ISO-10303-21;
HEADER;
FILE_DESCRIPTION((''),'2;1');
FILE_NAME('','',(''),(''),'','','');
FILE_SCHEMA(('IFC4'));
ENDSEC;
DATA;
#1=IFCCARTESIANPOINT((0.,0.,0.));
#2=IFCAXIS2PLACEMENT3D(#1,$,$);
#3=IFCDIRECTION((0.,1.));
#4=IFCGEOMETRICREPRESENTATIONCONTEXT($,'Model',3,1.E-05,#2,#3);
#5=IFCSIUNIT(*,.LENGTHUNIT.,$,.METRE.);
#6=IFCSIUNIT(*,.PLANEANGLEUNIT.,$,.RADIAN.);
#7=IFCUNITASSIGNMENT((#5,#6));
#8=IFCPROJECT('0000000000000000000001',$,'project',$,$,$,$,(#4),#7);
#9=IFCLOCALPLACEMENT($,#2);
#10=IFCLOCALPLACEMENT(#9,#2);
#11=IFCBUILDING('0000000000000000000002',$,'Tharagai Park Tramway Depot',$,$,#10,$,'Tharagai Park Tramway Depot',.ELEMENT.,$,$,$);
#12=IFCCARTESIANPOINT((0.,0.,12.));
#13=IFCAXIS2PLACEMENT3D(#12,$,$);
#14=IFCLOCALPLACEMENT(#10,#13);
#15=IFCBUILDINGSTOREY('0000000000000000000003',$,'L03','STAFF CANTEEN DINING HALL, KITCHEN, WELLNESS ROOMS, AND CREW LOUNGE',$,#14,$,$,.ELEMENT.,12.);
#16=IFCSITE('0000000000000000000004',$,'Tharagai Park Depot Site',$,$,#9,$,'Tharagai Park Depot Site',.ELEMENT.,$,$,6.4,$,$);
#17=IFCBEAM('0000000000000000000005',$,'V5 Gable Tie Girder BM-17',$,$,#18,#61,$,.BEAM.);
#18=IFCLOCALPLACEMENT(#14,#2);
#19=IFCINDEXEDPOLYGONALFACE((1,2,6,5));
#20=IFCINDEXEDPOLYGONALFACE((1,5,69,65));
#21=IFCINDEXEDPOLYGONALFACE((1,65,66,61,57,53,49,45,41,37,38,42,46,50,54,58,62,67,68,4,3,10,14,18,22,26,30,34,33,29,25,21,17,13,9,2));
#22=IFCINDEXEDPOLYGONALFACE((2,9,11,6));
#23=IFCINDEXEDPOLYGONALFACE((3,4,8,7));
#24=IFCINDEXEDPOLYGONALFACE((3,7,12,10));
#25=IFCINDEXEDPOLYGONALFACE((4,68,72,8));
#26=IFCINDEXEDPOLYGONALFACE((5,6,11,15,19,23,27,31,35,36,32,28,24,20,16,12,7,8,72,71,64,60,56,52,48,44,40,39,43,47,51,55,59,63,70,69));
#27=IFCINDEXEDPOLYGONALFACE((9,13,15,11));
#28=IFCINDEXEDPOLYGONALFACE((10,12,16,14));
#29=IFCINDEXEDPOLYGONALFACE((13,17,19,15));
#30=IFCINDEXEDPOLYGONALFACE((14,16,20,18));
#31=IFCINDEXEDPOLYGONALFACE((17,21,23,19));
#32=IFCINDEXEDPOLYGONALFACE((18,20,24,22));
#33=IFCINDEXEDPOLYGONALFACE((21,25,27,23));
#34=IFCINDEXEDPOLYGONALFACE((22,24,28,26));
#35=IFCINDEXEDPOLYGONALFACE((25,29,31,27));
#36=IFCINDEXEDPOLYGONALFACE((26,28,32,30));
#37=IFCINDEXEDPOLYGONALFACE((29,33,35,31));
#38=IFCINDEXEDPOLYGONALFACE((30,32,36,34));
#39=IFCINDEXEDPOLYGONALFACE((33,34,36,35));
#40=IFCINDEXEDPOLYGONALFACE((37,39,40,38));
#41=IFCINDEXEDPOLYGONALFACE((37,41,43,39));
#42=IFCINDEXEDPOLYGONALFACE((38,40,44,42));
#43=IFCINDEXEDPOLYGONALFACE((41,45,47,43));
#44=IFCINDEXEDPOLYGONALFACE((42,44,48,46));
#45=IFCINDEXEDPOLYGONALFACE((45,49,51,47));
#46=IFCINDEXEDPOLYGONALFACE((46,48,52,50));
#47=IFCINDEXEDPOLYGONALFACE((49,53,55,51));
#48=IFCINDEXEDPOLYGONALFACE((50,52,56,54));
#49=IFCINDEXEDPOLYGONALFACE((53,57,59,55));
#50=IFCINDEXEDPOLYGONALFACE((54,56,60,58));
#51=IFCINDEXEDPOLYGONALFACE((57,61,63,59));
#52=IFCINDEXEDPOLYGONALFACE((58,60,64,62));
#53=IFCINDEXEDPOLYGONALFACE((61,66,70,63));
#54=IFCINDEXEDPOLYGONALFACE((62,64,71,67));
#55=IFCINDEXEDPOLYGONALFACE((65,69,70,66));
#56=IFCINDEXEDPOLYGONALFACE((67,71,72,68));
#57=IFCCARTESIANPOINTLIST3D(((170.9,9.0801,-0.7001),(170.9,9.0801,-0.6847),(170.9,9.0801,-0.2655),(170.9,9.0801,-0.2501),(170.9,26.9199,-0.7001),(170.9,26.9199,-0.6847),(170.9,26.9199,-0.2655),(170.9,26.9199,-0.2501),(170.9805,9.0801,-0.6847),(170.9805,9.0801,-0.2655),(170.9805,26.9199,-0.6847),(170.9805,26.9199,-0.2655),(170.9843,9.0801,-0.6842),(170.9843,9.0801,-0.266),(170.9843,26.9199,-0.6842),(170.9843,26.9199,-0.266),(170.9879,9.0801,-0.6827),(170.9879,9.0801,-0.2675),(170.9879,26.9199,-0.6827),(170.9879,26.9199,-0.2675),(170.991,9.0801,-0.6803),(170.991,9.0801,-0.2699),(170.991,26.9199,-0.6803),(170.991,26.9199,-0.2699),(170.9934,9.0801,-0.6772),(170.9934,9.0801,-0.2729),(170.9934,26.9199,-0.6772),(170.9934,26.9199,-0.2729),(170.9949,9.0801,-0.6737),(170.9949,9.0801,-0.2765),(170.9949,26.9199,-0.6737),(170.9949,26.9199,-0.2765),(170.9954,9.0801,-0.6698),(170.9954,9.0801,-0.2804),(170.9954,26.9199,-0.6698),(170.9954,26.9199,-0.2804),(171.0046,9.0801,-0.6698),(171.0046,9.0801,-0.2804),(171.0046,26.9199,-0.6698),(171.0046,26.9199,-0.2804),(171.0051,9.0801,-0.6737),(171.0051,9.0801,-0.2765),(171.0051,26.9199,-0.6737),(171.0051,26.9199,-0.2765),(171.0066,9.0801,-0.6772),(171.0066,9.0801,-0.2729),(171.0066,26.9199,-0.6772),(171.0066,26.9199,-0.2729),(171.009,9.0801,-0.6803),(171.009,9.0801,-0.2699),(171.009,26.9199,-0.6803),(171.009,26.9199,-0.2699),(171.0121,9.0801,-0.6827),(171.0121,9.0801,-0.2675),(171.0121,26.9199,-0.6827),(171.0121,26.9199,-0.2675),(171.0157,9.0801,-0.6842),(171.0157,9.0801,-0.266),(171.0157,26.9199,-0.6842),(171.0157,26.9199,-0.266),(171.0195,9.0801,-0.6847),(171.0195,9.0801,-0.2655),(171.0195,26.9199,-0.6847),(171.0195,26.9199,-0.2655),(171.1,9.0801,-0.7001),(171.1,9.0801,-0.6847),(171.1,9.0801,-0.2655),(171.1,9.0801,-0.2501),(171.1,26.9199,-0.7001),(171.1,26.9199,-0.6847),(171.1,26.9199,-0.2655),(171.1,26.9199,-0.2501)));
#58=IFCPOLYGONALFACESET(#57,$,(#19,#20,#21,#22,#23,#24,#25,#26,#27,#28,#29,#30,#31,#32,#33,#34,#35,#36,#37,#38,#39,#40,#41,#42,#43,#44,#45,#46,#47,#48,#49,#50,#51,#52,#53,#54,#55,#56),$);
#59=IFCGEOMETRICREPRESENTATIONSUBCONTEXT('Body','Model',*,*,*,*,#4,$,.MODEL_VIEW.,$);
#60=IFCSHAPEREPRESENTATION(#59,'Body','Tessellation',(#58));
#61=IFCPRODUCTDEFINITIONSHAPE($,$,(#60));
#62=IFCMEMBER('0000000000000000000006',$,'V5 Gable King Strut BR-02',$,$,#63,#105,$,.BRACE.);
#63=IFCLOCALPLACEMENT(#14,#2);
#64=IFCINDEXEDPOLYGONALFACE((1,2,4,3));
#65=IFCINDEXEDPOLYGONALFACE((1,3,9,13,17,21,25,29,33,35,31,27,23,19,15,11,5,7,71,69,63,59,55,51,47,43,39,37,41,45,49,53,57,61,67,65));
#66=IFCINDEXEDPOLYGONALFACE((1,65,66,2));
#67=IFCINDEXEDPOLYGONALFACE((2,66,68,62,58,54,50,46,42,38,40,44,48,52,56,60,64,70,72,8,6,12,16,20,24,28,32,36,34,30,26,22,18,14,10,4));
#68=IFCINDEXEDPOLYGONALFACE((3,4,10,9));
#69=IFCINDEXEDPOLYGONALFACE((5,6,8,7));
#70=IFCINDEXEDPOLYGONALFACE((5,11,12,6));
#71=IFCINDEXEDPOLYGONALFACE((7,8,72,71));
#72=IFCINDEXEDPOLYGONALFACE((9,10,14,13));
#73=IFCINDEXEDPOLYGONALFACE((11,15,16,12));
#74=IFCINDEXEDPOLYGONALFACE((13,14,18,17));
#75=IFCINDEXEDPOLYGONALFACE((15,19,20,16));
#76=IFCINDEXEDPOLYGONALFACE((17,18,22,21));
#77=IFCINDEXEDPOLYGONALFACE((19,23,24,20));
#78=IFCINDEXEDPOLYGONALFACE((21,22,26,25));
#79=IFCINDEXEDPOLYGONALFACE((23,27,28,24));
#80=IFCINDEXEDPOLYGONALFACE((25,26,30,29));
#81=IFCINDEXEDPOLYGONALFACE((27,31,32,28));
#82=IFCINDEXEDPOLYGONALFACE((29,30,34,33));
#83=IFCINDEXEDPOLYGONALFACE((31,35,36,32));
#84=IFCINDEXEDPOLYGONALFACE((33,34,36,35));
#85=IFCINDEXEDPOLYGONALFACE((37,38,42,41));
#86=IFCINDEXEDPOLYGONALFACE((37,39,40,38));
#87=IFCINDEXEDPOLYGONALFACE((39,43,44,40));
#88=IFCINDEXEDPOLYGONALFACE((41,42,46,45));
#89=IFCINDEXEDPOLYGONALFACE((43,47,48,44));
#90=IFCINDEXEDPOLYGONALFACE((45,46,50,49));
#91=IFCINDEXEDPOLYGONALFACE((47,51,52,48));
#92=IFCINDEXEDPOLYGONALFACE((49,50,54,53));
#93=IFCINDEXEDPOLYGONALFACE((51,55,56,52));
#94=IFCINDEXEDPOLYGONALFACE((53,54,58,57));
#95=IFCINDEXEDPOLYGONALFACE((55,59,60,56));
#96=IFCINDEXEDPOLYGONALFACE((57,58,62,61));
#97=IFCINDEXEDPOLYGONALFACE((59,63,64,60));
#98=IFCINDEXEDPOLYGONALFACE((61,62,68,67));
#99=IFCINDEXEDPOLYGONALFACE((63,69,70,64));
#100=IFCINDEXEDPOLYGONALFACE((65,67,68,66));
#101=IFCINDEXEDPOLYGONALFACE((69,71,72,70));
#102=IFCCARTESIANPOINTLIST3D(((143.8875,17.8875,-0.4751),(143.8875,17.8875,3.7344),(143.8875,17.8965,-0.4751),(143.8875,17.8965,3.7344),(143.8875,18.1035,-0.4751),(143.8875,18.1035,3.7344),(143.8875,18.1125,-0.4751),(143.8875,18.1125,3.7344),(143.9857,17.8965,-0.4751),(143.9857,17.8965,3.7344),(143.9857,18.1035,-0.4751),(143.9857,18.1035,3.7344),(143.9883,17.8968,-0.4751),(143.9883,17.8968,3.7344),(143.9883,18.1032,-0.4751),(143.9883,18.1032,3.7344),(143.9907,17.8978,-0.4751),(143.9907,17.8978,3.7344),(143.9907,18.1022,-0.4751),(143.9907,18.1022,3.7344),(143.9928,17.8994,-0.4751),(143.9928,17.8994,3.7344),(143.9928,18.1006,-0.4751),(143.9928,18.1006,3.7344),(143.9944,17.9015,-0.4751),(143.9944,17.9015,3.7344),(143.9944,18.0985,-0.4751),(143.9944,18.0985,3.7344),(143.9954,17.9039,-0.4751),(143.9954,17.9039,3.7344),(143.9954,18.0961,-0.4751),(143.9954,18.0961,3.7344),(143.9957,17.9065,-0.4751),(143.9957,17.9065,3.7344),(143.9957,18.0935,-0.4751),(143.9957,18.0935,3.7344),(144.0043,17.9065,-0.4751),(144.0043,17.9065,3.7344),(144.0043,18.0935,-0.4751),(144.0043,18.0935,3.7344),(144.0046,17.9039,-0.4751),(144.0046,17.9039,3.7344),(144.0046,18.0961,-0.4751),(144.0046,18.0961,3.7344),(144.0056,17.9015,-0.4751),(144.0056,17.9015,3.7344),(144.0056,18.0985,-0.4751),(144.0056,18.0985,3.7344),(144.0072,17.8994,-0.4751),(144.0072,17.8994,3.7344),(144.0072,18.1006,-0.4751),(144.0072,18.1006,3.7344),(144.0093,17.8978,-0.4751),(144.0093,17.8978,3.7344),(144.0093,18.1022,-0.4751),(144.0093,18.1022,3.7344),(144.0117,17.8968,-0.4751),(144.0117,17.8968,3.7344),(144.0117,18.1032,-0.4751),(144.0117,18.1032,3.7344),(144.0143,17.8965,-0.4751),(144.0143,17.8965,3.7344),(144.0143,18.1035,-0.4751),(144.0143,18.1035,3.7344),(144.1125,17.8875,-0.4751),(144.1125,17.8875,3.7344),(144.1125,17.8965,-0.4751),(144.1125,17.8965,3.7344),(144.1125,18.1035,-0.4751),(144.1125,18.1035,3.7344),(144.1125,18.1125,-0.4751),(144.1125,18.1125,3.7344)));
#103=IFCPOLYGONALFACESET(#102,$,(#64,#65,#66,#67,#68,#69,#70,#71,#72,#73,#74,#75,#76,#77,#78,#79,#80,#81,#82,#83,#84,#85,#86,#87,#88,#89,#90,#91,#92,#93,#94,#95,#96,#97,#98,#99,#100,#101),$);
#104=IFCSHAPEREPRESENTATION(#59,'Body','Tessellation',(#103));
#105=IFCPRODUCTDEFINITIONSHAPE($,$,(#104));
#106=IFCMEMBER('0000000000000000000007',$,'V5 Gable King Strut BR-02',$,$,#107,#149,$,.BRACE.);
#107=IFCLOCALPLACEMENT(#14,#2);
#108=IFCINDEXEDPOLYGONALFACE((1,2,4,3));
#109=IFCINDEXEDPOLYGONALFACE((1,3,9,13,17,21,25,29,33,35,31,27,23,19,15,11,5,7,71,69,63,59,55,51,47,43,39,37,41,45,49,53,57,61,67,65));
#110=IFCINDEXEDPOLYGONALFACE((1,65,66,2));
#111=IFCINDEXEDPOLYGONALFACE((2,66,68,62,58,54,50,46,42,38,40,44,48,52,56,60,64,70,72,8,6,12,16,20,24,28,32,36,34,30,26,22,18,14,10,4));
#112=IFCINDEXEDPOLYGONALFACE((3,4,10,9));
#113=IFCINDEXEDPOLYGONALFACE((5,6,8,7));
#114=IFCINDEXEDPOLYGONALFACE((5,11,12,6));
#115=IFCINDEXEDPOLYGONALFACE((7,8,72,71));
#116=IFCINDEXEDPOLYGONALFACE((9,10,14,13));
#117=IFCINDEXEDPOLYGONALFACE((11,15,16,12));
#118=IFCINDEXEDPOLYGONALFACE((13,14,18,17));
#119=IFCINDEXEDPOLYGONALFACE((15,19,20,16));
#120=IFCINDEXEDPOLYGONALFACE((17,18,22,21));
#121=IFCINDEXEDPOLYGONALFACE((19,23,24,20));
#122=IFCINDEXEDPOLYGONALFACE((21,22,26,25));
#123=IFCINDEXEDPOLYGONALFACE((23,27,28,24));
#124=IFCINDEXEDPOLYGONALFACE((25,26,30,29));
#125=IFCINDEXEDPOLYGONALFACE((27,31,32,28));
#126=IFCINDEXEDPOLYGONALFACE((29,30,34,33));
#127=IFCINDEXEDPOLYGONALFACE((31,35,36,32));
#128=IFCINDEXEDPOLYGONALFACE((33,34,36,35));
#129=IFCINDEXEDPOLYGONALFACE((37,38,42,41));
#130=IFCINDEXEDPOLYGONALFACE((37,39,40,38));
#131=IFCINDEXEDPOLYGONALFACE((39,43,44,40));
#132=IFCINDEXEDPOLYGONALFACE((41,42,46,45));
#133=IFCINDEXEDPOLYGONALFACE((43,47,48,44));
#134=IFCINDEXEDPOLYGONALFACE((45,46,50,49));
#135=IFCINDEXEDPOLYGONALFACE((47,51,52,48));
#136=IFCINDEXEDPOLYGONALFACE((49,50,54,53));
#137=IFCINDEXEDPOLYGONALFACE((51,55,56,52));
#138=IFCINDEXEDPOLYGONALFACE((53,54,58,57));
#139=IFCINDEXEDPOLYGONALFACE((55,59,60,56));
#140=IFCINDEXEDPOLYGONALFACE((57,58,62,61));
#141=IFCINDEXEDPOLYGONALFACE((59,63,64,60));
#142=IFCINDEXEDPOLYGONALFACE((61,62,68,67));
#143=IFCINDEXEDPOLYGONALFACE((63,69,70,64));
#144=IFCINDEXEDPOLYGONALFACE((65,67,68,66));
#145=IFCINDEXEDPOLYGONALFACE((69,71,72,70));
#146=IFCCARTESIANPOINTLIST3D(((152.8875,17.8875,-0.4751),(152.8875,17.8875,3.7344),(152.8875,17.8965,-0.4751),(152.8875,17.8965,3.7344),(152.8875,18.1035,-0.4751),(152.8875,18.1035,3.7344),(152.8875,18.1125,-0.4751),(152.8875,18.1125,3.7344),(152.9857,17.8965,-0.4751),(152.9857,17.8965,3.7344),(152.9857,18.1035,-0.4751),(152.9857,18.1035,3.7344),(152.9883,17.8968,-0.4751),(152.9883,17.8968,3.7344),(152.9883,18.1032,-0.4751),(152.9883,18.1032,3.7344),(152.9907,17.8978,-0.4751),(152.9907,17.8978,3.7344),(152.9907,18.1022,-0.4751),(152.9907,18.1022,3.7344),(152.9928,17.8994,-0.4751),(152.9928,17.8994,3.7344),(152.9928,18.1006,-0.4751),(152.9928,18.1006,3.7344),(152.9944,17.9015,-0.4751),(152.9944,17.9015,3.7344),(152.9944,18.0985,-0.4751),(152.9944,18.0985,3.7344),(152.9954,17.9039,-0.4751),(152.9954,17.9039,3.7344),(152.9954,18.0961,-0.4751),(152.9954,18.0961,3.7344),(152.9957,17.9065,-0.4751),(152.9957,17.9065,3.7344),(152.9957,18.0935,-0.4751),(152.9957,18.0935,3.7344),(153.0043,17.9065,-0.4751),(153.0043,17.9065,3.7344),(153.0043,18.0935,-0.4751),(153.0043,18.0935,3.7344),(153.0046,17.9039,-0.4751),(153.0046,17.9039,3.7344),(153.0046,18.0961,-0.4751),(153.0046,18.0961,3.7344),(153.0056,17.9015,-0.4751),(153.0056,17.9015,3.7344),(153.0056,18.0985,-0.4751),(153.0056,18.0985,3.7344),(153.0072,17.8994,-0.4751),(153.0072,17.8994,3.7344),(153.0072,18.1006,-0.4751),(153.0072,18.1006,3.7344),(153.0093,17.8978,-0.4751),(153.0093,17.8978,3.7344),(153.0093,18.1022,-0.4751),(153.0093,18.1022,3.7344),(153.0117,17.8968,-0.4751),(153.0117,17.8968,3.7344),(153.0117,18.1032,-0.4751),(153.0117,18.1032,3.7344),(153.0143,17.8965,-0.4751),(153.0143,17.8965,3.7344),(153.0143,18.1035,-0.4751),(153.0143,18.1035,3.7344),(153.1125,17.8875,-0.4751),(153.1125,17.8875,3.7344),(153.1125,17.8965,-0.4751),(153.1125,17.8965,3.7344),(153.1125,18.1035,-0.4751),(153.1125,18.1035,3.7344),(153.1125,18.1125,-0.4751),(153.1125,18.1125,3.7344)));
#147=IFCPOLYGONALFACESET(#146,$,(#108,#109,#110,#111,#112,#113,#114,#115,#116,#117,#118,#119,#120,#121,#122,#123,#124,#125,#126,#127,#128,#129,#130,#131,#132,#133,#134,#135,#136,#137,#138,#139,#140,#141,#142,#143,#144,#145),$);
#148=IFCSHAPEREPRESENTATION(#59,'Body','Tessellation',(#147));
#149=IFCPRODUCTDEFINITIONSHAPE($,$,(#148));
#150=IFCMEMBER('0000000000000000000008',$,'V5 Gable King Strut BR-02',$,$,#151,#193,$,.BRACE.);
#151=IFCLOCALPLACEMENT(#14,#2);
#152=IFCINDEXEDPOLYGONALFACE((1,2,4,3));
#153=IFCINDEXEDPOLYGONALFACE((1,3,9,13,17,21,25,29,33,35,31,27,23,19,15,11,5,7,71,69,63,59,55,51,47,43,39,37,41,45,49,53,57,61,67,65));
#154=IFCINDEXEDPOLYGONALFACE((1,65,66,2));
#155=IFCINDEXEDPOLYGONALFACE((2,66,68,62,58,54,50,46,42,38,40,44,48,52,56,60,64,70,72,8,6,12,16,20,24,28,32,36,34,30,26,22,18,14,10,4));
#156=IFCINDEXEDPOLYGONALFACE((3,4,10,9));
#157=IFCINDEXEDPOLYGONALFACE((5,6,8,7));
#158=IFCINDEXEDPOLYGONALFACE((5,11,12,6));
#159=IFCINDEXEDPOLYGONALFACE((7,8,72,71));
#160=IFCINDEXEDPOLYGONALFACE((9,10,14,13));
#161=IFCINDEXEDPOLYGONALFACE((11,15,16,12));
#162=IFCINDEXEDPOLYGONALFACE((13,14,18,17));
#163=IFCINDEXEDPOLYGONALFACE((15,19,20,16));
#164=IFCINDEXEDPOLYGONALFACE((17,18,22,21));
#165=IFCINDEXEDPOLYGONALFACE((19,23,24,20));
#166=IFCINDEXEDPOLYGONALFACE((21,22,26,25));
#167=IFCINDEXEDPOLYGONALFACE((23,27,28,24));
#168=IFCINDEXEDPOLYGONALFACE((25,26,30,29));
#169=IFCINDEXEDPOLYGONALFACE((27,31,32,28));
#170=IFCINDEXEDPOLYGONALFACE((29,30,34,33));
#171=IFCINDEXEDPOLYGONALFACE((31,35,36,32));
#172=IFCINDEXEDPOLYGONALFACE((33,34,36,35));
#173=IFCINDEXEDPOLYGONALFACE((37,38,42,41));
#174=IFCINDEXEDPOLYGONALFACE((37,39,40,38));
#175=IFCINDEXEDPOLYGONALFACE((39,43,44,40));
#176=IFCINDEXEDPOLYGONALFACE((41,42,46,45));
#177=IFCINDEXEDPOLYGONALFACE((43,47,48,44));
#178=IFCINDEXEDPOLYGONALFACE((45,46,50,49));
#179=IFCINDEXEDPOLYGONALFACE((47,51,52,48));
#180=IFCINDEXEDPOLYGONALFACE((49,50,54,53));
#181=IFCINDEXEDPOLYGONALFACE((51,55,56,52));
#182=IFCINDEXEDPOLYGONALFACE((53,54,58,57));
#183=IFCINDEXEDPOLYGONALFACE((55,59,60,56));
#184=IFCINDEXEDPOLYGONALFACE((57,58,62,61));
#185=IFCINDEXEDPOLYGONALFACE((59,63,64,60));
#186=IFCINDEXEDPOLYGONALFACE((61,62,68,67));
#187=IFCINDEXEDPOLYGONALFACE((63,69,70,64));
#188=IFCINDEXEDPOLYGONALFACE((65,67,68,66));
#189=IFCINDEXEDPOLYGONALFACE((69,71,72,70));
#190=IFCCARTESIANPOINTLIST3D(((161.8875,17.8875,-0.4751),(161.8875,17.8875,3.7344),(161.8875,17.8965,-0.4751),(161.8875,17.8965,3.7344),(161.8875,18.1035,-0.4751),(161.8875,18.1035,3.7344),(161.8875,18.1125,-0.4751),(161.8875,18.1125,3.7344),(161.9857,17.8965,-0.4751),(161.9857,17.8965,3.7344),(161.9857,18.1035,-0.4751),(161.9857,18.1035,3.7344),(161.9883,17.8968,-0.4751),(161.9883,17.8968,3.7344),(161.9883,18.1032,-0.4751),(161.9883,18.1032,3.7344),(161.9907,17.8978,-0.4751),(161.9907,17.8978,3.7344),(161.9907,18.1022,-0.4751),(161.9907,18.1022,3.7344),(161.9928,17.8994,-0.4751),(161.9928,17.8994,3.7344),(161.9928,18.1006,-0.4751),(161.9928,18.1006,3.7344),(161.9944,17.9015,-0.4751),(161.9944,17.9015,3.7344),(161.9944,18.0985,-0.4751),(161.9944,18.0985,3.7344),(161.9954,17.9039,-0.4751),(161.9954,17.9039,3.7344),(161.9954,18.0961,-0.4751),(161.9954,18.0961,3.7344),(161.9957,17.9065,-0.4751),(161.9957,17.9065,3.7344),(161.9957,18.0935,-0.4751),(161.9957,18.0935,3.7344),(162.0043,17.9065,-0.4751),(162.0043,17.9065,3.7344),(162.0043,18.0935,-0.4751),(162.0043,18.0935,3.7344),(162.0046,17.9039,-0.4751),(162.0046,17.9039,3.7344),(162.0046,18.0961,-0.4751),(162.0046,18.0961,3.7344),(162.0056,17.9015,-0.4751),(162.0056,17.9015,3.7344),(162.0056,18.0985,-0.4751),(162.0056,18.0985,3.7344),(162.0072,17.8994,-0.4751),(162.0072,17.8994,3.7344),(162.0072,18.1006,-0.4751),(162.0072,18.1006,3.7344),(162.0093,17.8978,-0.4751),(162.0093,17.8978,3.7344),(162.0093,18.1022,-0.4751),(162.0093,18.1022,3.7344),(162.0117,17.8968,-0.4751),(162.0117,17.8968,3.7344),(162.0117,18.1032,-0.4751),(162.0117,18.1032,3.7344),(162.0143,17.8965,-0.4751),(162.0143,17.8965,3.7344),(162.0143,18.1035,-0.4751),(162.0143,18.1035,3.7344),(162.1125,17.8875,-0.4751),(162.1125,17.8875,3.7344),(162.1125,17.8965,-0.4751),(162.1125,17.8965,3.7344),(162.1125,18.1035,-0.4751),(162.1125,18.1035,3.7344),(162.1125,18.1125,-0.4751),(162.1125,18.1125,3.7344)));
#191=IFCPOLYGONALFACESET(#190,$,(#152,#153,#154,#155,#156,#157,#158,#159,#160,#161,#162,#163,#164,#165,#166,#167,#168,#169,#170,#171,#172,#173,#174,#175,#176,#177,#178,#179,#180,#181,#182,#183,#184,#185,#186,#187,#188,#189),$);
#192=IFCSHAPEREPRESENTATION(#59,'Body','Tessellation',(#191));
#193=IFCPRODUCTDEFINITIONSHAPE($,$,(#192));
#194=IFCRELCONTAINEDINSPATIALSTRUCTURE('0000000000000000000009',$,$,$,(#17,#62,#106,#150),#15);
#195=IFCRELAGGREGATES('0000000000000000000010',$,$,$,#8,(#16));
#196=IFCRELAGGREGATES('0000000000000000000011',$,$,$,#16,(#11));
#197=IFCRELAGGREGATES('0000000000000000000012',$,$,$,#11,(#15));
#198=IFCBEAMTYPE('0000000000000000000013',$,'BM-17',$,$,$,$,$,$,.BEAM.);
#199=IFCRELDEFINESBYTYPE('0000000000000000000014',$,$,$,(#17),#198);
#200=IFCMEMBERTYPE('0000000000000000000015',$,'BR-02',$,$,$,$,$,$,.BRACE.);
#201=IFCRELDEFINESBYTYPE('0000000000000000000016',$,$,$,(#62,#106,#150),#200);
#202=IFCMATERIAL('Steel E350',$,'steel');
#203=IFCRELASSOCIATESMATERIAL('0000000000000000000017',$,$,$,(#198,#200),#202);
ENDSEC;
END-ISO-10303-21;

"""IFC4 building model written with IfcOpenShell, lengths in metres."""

from ifc_helpers import new_model, si_unit, direction, frame, origin, origin_2d, place, context, subcontext, project, spatial, i_section, extrude, material, material_profile, profile_set, type_object, element, save


model = new_model("IFC4")

# Units and contexts
model_context = context("Model", 3, precision=1e-05, world=origin(), true_north=direction((0.0, 1.0)))
body_context = subcontext(model_context, "Body", "Model", "MODEL_VIEW")
ifc_project = project(units=[si_unit("LENGTHUNIT", "METRE"), si_unit("PLANEANGLEUNIT", "RADIAN")], contexts=[model_context])

# Site, building, storey
site_placement = place(None, origin())
site = spatial("IfcSite", under=ifc_project, at=site_placement, Name="Tharagai Park Depot Site", LongName="Tharagai Park Depot Site", CompositionType="ELEMENT", RefElevation=6.4)
building_placement = place(site_placement, origin())
building = spatial("IfcBuilding", under=site, at=building_placement, Name="Tharagai Park Tramway Depot", LongName="Tharagai Park Tramway Depot", CompositionType="ELEMENT")
storey_placement = place(building_placement, frame((0.0, 0.0, 12.0)))
storey = spatial("IfcBuildingStorey", under=building, at=storey_placement, Name="L03", Description="STAFF CANTEEN DINING HALL, KITCHEN, WELLNESS ROOMS, AND CREW LOUNGE", CompositionType="ELEMENT", Elevation=12.0)

# Beam
ifc_material_1 = material(Name="Steel E350", Category="steel")
ifc_material_profile_1 = material_profile(ifc_material_1, i_section(OverallWidth=0.2, OverallDepth=0.45, WebThickness=0.0093, FlangeThickness=0.0154, FilletRadius=0.0149, at=origin_2d()), Name="ISWB 450")
ifc_profile_set_1 = profile_set([ifc_material_profile_1], Name="Steel E350")
beam_type = type_object("IfcBeamType", Name="BM-17", PredefinedType="BEAM", material=ifc_profile_set_1)
for number, where, z_axis, x_axis, name in (
    (1, (171.0, 9.0801, -0.4751), (0.0, 1.0, 0.0), (-1.0, 0.0, 0.0), "V5 Gable Tie Girder BM-17"),
):
    element("IfcBeam", number, at=place(storey_placement, frame(where, z_axis=z_axis, x_axis=x_axis)), inside=storey, type_object=beam_type, Name=name, PredefinedType="BEAM", context=body_context, shape_type="SweptSolid", body=[
        extrude(i_section(OverallWidth=0.2, OverallDepth=0.45, WebThickness=0.0093, FlangeThickness=0.0154, FilletRadius=0.0149, at=origin_2d()), origin(), (0.0, 0.0, 1.0), 17.8398),
    ])

# Members
ifc_material_profile_2 = material_profile(ifc_material_1, i_section(OverallWidth=0.2251, OverallDepth=0.2251, WebThickness=0.0085, FlangeThickness=0.009, FilletRadius=0.01, at=origin_2d()), Name="ISHB 225")
ifc_profile_set_2 = profile_set([ifc_material_profile_2], Name="Steel E350")
member_type_1 = type_object("IfcMemberType", Name="BR-02", PredefinedType="BRACE", material=ifc_profile_set_2)
for number, where, z_axis, x_axis, name in (
    (2, (144.0, 18.0, -0.4751), (0.0, 0.0, 1.0), (1.0, 0.0, 0.0), "V5 Gable King Strut BR-02"),
    (3, (153.0, 18.0, -0.4751), (0.0, 0.0, 1.0), (1.0, 0.0, 0.0), "V5 Gable King Strut BR-02"),
    (4, (162.0, 18.0, -0.4751), (0.0, 0.0, 1.0), (1.0, 0.0, 0.0), "V5 Gable King Strut BR-02"),
):
    element("IfcMember", number, at=place(storey_placement, frame(where, z_axis=z_axis, x_axis=x_axis)), inside=storey, type_object=member_type_1, Name=name, PredefinedType="BRACE", context=body_context, shape_type="SweptSolid", body=[
        extrude(i_section(OverallWidth=0.2251, OverallDepth=0.2251, WebThickness=0.0085, FlangeThickness=0.009, FilletRadius=0.01, at=origin_2d()), origin(), (0.0, 0.0, 1.0), 4.2095),
    ])

save(model, "model.ifc")
